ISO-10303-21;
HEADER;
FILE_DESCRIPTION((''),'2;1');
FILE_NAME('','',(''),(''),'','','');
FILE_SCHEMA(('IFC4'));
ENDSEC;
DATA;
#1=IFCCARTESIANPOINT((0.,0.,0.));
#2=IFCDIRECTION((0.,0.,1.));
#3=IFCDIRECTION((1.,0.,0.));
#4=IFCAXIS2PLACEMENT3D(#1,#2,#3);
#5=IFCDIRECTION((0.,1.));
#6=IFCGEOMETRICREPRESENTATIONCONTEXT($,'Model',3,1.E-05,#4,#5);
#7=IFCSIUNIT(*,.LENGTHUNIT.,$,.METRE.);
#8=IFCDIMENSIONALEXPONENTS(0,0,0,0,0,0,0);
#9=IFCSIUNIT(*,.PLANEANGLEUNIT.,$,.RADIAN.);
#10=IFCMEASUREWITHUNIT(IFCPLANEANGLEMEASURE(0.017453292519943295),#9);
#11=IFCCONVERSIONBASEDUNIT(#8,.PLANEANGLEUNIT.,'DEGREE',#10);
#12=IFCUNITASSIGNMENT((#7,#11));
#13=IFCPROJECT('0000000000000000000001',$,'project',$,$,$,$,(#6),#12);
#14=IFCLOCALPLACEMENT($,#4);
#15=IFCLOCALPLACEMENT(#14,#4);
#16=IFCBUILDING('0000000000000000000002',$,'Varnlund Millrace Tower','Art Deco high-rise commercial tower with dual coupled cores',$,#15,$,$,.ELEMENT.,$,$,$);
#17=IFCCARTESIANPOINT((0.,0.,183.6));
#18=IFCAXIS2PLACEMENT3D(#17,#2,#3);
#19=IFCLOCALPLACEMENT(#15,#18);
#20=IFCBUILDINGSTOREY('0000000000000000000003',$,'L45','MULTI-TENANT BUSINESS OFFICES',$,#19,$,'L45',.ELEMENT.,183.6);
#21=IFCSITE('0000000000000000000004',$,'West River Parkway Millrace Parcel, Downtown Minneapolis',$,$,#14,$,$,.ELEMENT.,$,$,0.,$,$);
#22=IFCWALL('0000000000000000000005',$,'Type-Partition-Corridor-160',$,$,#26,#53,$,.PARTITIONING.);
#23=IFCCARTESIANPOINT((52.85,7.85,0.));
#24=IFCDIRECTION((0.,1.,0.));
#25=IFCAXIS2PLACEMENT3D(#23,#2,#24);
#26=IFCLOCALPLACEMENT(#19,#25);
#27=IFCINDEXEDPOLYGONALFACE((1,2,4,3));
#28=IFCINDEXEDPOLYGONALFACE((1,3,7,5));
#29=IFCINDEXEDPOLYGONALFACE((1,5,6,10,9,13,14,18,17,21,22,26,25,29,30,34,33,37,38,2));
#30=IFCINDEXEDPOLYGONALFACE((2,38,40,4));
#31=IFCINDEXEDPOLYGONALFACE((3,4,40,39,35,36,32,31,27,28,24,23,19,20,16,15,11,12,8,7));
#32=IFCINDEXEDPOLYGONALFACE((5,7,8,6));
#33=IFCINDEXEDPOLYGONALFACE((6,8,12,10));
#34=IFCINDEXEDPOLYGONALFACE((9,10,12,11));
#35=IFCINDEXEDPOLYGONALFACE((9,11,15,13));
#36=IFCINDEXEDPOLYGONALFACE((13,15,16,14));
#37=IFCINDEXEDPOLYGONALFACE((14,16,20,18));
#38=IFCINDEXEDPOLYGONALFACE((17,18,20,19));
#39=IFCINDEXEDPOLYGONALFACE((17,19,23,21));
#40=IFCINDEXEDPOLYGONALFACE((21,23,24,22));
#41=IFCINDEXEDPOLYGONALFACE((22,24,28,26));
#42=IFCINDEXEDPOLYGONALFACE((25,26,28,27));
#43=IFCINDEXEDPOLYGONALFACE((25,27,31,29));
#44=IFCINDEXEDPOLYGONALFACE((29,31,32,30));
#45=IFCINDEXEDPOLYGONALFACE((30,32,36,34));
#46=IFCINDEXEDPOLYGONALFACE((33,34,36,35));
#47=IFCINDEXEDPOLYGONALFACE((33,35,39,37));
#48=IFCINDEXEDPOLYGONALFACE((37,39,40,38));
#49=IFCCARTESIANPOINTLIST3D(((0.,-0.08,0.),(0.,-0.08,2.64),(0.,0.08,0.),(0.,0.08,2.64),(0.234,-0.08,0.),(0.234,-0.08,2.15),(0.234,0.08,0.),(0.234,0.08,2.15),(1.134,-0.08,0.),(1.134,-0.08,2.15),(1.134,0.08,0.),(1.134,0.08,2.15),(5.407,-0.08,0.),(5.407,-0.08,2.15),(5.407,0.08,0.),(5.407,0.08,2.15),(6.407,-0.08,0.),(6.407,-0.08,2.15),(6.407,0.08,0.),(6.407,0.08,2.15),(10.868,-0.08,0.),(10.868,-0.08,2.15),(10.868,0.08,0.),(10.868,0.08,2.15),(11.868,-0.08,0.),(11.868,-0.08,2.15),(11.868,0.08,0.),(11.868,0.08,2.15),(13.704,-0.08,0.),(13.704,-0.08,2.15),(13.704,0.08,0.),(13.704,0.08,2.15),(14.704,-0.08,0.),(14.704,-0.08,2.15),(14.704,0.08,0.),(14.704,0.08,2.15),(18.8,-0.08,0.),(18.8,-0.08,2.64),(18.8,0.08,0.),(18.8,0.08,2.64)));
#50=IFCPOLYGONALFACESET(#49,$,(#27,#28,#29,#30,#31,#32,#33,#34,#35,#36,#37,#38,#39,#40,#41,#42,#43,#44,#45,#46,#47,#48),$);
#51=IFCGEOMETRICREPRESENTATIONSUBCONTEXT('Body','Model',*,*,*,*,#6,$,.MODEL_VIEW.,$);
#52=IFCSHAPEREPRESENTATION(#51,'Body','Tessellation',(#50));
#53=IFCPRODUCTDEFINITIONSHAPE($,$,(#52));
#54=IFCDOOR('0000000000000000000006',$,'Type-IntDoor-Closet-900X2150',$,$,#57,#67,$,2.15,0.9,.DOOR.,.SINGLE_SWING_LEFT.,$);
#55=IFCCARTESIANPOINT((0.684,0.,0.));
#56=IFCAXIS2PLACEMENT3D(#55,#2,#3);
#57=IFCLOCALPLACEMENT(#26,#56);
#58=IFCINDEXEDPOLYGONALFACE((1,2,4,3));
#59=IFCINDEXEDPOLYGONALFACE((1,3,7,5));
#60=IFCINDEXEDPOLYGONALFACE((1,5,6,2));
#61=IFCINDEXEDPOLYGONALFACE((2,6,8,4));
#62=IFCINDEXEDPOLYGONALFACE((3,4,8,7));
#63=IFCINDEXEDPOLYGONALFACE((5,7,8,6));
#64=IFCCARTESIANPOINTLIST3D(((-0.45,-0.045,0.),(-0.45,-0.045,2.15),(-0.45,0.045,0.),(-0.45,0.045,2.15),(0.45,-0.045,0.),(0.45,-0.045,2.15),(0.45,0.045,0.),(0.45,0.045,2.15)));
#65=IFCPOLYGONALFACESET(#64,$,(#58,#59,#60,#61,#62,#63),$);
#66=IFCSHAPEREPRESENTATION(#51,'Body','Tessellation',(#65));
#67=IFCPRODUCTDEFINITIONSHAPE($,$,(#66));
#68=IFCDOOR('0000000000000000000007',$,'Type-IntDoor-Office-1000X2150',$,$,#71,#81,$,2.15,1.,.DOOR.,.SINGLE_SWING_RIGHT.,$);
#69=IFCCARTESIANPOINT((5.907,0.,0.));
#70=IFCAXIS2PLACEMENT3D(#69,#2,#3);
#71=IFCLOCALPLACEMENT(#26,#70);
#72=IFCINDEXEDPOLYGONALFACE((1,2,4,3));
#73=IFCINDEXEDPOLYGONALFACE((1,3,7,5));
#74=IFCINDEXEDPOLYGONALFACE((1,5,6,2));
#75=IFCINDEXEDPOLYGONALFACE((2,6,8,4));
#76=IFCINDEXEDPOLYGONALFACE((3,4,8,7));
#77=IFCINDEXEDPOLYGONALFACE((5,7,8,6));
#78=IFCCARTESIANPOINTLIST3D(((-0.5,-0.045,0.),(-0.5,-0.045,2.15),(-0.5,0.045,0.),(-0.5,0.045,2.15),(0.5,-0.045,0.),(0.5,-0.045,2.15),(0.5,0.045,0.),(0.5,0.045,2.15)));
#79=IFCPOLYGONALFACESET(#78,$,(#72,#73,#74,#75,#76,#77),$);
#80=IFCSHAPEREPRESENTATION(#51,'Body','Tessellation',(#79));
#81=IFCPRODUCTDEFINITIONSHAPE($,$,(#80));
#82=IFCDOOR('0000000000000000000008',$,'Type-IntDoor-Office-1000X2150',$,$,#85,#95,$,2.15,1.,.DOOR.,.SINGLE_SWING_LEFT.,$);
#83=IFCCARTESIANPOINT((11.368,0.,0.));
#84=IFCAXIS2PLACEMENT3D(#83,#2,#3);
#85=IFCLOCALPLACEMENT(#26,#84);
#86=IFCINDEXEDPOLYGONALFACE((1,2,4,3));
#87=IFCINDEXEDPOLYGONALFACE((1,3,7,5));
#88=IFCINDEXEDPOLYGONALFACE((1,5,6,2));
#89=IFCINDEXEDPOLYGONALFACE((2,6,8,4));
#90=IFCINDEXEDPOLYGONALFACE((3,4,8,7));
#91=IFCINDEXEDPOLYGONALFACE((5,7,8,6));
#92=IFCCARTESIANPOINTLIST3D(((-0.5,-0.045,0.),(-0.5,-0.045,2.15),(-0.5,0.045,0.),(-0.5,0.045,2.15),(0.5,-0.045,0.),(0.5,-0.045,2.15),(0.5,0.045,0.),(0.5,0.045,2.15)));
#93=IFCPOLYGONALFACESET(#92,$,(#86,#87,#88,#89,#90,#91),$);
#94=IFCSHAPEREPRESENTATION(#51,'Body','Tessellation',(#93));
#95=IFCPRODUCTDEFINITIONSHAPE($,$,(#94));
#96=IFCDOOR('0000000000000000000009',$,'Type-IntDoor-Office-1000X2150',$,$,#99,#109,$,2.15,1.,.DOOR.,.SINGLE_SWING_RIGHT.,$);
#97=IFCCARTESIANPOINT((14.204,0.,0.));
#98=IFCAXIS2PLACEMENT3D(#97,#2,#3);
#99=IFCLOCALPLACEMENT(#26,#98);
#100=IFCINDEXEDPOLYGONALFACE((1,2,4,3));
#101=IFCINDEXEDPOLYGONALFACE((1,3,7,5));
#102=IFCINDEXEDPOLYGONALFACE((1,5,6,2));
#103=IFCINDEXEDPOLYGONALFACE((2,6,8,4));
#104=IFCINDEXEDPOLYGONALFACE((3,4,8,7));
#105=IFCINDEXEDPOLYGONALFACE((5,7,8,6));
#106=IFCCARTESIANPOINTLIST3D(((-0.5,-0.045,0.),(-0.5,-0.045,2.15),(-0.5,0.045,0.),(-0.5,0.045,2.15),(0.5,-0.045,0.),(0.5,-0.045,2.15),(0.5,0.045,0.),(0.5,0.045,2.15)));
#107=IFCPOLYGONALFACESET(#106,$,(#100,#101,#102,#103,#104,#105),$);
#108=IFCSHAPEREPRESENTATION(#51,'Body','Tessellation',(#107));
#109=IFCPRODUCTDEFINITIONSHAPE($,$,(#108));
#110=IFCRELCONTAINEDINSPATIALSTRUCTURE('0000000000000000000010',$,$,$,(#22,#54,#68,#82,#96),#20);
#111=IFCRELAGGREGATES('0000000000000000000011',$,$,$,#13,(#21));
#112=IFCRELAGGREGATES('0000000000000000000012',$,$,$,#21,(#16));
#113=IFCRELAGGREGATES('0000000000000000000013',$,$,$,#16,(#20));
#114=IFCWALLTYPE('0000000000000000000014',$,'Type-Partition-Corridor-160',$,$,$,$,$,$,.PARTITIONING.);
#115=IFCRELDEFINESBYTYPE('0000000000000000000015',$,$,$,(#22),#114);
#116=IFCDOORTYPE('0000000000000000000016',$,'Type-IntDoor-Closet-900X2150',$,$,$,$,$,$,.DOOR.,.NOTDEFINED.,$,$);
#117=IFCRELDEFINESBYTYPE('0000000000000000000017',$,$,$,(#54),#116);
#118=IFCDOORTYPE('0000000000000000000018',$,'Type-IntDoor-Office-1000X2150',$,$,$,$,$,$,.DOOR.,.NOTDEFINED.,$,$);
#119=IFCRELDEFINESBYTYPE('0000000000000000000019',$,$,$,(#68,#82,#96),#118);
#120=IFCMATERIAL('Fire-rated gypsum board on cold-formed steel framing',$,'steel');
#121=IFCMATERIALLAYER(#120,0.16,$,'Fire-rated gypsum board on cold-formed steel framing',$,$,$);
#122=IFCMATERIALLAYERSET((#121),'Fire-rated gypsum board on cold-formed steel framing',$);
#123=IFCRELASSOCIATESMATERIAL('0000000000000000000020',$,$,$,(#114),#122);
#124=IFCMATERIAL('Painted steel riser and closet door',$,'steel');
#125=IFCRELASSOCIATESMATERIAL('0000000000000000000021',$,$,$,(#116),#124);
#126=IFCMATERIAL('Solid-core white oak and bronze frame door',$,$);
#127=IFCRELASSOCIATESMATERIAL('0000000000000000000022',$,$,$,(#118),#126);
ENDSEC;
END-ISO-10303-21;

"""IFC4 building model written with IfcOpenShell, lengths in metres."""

from ifc_helpers import new_model, entity, si_unit, converted_unit, direction, frame, origin_with_axes, origin_2d_with_axis, place, context, subcontext, project, spatial, polyline, rectangle, outline, extrude, material, layer, layer_set, type_object, element, fill, save


model = new_model("IFC4")

# Units and contexts
model_context = context("Model", 3, precision=1e-05, world=origin_with_axes(), true_north=direction((0.0, 1.0)))
body_context = subcontext(model_context, "Body", "Model", "MODEL_VIEW")
ifc_project = project(units=[si_unit("LENGTHUNIT", "METRE"), converted_unit("PLANEANGLEUNIT", "DEGREE", entity("IfcPlaneAngleMeasure", 0.017453292519943295), si_unit("PLANEANGLEUNIT", "RADIAN"), dimensions=[0, 0, 0, 0, 0, 0, 0])], contexts=[model_context])

# Site, building, storey
site_placement = place(None, origin_with_axes())
site = spatial("IfcSite", under=ifc_project, at=site_placement, Name="West River Parkway Millrace Parcel, Downtown Minneapolis", CompositionType="ELEMENT", RefElevation=0.0)
building_placement = place(site_placement, origin_with_axes())
building = spatial("IfcBuilding", under=site, at=building_placement, Name="Varnlund Millrace Tower", Description="Art Deco high-rise commercial tower with dual coupled cores", CompositionType="ELEMENT")
storey_placement = place(building_placement, frame((0.0, 0.0, 183.6), z_axis=(0.0, 0.0, 1.0), x_axis=(1.0, 0.0, 0.0)))
storey = spatial("IfcBuildingStorey", under=building, at=storey_placement, Name="L45", Description="MULTI-TENANT BUSINESS OFFICES", LongName="L45", CompositionType="ELEMENT", Elevation=183.6)

# Wall, openings, doors
ifc_material_1 = material(Name="Fire-rated gypsum board on cold-formed steel framing", Category="steel")
ifc_layer_1 = layer(ifc_material_1, 0.16, Name="Fire-rated gypsum board on cold-formed steel framing")
ifc_layer_set_1 = layer_set([ifc_layer_1], Name="Fire-rated gypsum board on cold-formed steel framing")
wall_type_1 = type_object("IfcWallType", Name="Type-Partition-Corridor-160", PredefinedType="PARTITIONING", material=ifc_layer_set_1)
wall_1_placement = place(storey_placement, frame((52.85, 7.85, 0.0), z_axis=(0.0, 0.0, 1.0), x_axis=(0.0, 1.0, 0.0)))
wall_1 = element("IfcWall", 1, at=wall_1_placement, inside=storey, type_object=wall_type_1, Name="Type-Partition-Corridor-160", PredefinedType="PARTITIONING", context=body_context, shape_type="SweptSolid", body=[
    extrude(outline(polyline([(0.0, -0.08), (18.8, -0.08), (18.8, 0.08), (0.0, 0.08), (0.0, -0.08)])), origin_with_axes(), (0.0, 0.0, 1.0), 2.64),
])
opening_1_placement = place(wall_1_placement, frame((0.684, 0.0, 0.0), z_axis=(0.0, 0.0, 1.0), x_axis=(1.0, 0.0, 0.0)))
opening_1 = element("IfcOpeningElement", 2, at=opening_1_placement, cuts=wall_1, PredefinedType="OPENING", context=body_context, shape_type="SweptSolid", body=[
    extrude(rectangle(XDim=0.9, YDim=0.18, at=origin_2d_with_axis()), origin_with_axes(), (0.0, 0.0, 1.0), 2.15),
])
opening_2_placement = place(wall_1_placement, frame((5.907, 0.0, 0.0), z_axis=(0.0, 0.0, 1.0), x_axis=(1.0, 0.0, 0.0)))
opening_2 = element("IfcOpeningElement", 3, at=opening_2_placement, cuts=wall_1, PredefinedType="OPENING", context=body_context, shape_type="SweptSolid", body=[
    extrude(rectangle(XDim=1.0, YDim=0.18, at=origin_2d_with_axis()), origin_with_axes(), (0.0, 0.0, 1.0), 2.15),
])
opening_3_placement = place(wall_1_placement, frame((11.368, 0.0, 0.0), z_axis=(0.0, 0.0, 1.0), x_axis=(1.0, 0.0, 0.0)))
opening_3 = element("IfcOpeningElement", 4, at=opening_3_placement, cuts=wall_1, PredefinedType="OPENING", context=body_context, shape_type="SweptSolid", body=[
    extrude(rectangle(XDim=1.0, YDim=0.18, at=origin_2d_with_axis()), origin_with_axes(), (0.0, 0.0, 1.0), 2.15),
])
opening_4_placement = place(wall_1_placement, frame((14.204, 0.0, 0.0), z_axis=(0.0, 0.0, 1.0), x_axis=(1.0, 0.0, 0.0)))
opening_4 = element("IfcOpeningElement", 5, at=opening_4_placement, cuts=wall_1, PredefinedType="OPENING", context=body_context, shape_type="SweptSolid", body=[
    extrude(rectangle(XDim=1.0, YDim=0.18, at=origin_2d_with_axis()), origin_with_axes(), (0.0, 0.0, 1.0), 2.15),
])
ifc_material_2 = material(Name="Painted steel riser and closet door", Category="steel")
door_type_1 = type_object("IfcDoorType", Name="Type-IntDoor-Closet-900X2150", OperationType="NOTDEFINED", PredefinedType="DOOR", material=ifc_material_2)
door_1_placement = place(wall_1_placement, frame((0.684, 0.0, 0.0), z_axis=(0.0, 0.0, 1.0), x_axis=(1.0, 0.0, 0.0)))
door_1 = element("IfcDoor", 6, at=door_1_placement, inside=storey, type_object=door_type_1, Name="Type-IntDoor-Closet-900X2150", OperationType="SINGLE_SWING_LEFT", OverallHeight=2.15, OverallWidth=0.9, PredefinedType="DOOR", context=body_context, shape_type="SweptSolid", body=[
    extrude(rectangle(XDim=0.9, YDim=0.09, at=origin_2d_with_axis()), origin_with_axes(), (0.0, 0.0, 1.0), 2.15),
])
fill(opening_1, door_1)
ifc_material_3 = material(Name="Solid-core white oak and bronze frame door")
door_type_2 = type_object("IfcDoorType", Name="Type-IntDoor-Office-1000X2150", OperationType="NOTDEFINED", PredefinedType="DOOR", material=ifc_material_3)
door_2_placement = place(wall_1_placement, frame((5.907, 0.0, 0.0), z_axis=(0.0, 0.0, 1.0), x_axis=(1.0, 0.0, 0.0)))
door_2 = element("IfcDoor", 7, at=door_2_placement, inside=storey, type_object=door_type_2, Name="Type-IntDoor-Office-1000X2150", OperationType="SINGLE_SWING_RIGHT", OverallHeight=2.15, OverallWidth=1.0, PredefinedType="DOOR", context=body_context, shape_type="SweptSolid", body=[
    extrude(rectangle(XDim=1.0, YDim=0.09, at=origin_2d_with_axis()), origin_with_axes(), (0.0, 0.0, 1.0), 2.15),
])
fill(opening_2, door_2)
door_3_placement = place(wall_1_placement, frame((11.368, 0.0, 0.0), z_axis=(0.0, 0.0, 1.0), x_axis=(1.0, 0.0, 0.0)))
door_3 = element("IfcDoor", 8, at=door_3_placement, inside=storey, type_object=door_type_2, Name="Type-IntDoor-Office-1000X2150", OperationType="SINGLE_SWING_LEFT", OverallHeight=2.15, OverallWidth=1.0, PredefinedType="DOOR", context=body_context, shape_type="SweptSolid", body=[
    extrude(rectangle(XDim=1.0, YDim=0.09, at=origin_2d_with_axis()), origin_with_axes(), (0.0, 0.0, 1.0), 2.15),
])
fill(opening_3, door_3)
door_4_placement = place(wall_1_placement, frame((14.204, 0.0, 0.0), z_axis=(0.0, 0.0, 1.0), x_axis=(1.0, 0.0, 0.0)))
door_4 = element("IfcDoor", 9, at=door_4_placement, inside=storey, type_object=door_type_2, Name="Type-IntDoor-Office-1000X2150", OperationType="SINGLE_SWING_RIGHT", OverallHeight=2.15, OverallWidth=1.0, PredefinedType="DOOR", context=body_context, shape_type="SweptSolid", body=[
    extrude(rectangle(XDim=1.0, YDim=0.09, at=origin_2d_with_axis()), origin_with_axes(), (0.0, 0.0, 1.0), 2.15),
])
fill(opening_4, door_4)

save(model, "model.ifc")
